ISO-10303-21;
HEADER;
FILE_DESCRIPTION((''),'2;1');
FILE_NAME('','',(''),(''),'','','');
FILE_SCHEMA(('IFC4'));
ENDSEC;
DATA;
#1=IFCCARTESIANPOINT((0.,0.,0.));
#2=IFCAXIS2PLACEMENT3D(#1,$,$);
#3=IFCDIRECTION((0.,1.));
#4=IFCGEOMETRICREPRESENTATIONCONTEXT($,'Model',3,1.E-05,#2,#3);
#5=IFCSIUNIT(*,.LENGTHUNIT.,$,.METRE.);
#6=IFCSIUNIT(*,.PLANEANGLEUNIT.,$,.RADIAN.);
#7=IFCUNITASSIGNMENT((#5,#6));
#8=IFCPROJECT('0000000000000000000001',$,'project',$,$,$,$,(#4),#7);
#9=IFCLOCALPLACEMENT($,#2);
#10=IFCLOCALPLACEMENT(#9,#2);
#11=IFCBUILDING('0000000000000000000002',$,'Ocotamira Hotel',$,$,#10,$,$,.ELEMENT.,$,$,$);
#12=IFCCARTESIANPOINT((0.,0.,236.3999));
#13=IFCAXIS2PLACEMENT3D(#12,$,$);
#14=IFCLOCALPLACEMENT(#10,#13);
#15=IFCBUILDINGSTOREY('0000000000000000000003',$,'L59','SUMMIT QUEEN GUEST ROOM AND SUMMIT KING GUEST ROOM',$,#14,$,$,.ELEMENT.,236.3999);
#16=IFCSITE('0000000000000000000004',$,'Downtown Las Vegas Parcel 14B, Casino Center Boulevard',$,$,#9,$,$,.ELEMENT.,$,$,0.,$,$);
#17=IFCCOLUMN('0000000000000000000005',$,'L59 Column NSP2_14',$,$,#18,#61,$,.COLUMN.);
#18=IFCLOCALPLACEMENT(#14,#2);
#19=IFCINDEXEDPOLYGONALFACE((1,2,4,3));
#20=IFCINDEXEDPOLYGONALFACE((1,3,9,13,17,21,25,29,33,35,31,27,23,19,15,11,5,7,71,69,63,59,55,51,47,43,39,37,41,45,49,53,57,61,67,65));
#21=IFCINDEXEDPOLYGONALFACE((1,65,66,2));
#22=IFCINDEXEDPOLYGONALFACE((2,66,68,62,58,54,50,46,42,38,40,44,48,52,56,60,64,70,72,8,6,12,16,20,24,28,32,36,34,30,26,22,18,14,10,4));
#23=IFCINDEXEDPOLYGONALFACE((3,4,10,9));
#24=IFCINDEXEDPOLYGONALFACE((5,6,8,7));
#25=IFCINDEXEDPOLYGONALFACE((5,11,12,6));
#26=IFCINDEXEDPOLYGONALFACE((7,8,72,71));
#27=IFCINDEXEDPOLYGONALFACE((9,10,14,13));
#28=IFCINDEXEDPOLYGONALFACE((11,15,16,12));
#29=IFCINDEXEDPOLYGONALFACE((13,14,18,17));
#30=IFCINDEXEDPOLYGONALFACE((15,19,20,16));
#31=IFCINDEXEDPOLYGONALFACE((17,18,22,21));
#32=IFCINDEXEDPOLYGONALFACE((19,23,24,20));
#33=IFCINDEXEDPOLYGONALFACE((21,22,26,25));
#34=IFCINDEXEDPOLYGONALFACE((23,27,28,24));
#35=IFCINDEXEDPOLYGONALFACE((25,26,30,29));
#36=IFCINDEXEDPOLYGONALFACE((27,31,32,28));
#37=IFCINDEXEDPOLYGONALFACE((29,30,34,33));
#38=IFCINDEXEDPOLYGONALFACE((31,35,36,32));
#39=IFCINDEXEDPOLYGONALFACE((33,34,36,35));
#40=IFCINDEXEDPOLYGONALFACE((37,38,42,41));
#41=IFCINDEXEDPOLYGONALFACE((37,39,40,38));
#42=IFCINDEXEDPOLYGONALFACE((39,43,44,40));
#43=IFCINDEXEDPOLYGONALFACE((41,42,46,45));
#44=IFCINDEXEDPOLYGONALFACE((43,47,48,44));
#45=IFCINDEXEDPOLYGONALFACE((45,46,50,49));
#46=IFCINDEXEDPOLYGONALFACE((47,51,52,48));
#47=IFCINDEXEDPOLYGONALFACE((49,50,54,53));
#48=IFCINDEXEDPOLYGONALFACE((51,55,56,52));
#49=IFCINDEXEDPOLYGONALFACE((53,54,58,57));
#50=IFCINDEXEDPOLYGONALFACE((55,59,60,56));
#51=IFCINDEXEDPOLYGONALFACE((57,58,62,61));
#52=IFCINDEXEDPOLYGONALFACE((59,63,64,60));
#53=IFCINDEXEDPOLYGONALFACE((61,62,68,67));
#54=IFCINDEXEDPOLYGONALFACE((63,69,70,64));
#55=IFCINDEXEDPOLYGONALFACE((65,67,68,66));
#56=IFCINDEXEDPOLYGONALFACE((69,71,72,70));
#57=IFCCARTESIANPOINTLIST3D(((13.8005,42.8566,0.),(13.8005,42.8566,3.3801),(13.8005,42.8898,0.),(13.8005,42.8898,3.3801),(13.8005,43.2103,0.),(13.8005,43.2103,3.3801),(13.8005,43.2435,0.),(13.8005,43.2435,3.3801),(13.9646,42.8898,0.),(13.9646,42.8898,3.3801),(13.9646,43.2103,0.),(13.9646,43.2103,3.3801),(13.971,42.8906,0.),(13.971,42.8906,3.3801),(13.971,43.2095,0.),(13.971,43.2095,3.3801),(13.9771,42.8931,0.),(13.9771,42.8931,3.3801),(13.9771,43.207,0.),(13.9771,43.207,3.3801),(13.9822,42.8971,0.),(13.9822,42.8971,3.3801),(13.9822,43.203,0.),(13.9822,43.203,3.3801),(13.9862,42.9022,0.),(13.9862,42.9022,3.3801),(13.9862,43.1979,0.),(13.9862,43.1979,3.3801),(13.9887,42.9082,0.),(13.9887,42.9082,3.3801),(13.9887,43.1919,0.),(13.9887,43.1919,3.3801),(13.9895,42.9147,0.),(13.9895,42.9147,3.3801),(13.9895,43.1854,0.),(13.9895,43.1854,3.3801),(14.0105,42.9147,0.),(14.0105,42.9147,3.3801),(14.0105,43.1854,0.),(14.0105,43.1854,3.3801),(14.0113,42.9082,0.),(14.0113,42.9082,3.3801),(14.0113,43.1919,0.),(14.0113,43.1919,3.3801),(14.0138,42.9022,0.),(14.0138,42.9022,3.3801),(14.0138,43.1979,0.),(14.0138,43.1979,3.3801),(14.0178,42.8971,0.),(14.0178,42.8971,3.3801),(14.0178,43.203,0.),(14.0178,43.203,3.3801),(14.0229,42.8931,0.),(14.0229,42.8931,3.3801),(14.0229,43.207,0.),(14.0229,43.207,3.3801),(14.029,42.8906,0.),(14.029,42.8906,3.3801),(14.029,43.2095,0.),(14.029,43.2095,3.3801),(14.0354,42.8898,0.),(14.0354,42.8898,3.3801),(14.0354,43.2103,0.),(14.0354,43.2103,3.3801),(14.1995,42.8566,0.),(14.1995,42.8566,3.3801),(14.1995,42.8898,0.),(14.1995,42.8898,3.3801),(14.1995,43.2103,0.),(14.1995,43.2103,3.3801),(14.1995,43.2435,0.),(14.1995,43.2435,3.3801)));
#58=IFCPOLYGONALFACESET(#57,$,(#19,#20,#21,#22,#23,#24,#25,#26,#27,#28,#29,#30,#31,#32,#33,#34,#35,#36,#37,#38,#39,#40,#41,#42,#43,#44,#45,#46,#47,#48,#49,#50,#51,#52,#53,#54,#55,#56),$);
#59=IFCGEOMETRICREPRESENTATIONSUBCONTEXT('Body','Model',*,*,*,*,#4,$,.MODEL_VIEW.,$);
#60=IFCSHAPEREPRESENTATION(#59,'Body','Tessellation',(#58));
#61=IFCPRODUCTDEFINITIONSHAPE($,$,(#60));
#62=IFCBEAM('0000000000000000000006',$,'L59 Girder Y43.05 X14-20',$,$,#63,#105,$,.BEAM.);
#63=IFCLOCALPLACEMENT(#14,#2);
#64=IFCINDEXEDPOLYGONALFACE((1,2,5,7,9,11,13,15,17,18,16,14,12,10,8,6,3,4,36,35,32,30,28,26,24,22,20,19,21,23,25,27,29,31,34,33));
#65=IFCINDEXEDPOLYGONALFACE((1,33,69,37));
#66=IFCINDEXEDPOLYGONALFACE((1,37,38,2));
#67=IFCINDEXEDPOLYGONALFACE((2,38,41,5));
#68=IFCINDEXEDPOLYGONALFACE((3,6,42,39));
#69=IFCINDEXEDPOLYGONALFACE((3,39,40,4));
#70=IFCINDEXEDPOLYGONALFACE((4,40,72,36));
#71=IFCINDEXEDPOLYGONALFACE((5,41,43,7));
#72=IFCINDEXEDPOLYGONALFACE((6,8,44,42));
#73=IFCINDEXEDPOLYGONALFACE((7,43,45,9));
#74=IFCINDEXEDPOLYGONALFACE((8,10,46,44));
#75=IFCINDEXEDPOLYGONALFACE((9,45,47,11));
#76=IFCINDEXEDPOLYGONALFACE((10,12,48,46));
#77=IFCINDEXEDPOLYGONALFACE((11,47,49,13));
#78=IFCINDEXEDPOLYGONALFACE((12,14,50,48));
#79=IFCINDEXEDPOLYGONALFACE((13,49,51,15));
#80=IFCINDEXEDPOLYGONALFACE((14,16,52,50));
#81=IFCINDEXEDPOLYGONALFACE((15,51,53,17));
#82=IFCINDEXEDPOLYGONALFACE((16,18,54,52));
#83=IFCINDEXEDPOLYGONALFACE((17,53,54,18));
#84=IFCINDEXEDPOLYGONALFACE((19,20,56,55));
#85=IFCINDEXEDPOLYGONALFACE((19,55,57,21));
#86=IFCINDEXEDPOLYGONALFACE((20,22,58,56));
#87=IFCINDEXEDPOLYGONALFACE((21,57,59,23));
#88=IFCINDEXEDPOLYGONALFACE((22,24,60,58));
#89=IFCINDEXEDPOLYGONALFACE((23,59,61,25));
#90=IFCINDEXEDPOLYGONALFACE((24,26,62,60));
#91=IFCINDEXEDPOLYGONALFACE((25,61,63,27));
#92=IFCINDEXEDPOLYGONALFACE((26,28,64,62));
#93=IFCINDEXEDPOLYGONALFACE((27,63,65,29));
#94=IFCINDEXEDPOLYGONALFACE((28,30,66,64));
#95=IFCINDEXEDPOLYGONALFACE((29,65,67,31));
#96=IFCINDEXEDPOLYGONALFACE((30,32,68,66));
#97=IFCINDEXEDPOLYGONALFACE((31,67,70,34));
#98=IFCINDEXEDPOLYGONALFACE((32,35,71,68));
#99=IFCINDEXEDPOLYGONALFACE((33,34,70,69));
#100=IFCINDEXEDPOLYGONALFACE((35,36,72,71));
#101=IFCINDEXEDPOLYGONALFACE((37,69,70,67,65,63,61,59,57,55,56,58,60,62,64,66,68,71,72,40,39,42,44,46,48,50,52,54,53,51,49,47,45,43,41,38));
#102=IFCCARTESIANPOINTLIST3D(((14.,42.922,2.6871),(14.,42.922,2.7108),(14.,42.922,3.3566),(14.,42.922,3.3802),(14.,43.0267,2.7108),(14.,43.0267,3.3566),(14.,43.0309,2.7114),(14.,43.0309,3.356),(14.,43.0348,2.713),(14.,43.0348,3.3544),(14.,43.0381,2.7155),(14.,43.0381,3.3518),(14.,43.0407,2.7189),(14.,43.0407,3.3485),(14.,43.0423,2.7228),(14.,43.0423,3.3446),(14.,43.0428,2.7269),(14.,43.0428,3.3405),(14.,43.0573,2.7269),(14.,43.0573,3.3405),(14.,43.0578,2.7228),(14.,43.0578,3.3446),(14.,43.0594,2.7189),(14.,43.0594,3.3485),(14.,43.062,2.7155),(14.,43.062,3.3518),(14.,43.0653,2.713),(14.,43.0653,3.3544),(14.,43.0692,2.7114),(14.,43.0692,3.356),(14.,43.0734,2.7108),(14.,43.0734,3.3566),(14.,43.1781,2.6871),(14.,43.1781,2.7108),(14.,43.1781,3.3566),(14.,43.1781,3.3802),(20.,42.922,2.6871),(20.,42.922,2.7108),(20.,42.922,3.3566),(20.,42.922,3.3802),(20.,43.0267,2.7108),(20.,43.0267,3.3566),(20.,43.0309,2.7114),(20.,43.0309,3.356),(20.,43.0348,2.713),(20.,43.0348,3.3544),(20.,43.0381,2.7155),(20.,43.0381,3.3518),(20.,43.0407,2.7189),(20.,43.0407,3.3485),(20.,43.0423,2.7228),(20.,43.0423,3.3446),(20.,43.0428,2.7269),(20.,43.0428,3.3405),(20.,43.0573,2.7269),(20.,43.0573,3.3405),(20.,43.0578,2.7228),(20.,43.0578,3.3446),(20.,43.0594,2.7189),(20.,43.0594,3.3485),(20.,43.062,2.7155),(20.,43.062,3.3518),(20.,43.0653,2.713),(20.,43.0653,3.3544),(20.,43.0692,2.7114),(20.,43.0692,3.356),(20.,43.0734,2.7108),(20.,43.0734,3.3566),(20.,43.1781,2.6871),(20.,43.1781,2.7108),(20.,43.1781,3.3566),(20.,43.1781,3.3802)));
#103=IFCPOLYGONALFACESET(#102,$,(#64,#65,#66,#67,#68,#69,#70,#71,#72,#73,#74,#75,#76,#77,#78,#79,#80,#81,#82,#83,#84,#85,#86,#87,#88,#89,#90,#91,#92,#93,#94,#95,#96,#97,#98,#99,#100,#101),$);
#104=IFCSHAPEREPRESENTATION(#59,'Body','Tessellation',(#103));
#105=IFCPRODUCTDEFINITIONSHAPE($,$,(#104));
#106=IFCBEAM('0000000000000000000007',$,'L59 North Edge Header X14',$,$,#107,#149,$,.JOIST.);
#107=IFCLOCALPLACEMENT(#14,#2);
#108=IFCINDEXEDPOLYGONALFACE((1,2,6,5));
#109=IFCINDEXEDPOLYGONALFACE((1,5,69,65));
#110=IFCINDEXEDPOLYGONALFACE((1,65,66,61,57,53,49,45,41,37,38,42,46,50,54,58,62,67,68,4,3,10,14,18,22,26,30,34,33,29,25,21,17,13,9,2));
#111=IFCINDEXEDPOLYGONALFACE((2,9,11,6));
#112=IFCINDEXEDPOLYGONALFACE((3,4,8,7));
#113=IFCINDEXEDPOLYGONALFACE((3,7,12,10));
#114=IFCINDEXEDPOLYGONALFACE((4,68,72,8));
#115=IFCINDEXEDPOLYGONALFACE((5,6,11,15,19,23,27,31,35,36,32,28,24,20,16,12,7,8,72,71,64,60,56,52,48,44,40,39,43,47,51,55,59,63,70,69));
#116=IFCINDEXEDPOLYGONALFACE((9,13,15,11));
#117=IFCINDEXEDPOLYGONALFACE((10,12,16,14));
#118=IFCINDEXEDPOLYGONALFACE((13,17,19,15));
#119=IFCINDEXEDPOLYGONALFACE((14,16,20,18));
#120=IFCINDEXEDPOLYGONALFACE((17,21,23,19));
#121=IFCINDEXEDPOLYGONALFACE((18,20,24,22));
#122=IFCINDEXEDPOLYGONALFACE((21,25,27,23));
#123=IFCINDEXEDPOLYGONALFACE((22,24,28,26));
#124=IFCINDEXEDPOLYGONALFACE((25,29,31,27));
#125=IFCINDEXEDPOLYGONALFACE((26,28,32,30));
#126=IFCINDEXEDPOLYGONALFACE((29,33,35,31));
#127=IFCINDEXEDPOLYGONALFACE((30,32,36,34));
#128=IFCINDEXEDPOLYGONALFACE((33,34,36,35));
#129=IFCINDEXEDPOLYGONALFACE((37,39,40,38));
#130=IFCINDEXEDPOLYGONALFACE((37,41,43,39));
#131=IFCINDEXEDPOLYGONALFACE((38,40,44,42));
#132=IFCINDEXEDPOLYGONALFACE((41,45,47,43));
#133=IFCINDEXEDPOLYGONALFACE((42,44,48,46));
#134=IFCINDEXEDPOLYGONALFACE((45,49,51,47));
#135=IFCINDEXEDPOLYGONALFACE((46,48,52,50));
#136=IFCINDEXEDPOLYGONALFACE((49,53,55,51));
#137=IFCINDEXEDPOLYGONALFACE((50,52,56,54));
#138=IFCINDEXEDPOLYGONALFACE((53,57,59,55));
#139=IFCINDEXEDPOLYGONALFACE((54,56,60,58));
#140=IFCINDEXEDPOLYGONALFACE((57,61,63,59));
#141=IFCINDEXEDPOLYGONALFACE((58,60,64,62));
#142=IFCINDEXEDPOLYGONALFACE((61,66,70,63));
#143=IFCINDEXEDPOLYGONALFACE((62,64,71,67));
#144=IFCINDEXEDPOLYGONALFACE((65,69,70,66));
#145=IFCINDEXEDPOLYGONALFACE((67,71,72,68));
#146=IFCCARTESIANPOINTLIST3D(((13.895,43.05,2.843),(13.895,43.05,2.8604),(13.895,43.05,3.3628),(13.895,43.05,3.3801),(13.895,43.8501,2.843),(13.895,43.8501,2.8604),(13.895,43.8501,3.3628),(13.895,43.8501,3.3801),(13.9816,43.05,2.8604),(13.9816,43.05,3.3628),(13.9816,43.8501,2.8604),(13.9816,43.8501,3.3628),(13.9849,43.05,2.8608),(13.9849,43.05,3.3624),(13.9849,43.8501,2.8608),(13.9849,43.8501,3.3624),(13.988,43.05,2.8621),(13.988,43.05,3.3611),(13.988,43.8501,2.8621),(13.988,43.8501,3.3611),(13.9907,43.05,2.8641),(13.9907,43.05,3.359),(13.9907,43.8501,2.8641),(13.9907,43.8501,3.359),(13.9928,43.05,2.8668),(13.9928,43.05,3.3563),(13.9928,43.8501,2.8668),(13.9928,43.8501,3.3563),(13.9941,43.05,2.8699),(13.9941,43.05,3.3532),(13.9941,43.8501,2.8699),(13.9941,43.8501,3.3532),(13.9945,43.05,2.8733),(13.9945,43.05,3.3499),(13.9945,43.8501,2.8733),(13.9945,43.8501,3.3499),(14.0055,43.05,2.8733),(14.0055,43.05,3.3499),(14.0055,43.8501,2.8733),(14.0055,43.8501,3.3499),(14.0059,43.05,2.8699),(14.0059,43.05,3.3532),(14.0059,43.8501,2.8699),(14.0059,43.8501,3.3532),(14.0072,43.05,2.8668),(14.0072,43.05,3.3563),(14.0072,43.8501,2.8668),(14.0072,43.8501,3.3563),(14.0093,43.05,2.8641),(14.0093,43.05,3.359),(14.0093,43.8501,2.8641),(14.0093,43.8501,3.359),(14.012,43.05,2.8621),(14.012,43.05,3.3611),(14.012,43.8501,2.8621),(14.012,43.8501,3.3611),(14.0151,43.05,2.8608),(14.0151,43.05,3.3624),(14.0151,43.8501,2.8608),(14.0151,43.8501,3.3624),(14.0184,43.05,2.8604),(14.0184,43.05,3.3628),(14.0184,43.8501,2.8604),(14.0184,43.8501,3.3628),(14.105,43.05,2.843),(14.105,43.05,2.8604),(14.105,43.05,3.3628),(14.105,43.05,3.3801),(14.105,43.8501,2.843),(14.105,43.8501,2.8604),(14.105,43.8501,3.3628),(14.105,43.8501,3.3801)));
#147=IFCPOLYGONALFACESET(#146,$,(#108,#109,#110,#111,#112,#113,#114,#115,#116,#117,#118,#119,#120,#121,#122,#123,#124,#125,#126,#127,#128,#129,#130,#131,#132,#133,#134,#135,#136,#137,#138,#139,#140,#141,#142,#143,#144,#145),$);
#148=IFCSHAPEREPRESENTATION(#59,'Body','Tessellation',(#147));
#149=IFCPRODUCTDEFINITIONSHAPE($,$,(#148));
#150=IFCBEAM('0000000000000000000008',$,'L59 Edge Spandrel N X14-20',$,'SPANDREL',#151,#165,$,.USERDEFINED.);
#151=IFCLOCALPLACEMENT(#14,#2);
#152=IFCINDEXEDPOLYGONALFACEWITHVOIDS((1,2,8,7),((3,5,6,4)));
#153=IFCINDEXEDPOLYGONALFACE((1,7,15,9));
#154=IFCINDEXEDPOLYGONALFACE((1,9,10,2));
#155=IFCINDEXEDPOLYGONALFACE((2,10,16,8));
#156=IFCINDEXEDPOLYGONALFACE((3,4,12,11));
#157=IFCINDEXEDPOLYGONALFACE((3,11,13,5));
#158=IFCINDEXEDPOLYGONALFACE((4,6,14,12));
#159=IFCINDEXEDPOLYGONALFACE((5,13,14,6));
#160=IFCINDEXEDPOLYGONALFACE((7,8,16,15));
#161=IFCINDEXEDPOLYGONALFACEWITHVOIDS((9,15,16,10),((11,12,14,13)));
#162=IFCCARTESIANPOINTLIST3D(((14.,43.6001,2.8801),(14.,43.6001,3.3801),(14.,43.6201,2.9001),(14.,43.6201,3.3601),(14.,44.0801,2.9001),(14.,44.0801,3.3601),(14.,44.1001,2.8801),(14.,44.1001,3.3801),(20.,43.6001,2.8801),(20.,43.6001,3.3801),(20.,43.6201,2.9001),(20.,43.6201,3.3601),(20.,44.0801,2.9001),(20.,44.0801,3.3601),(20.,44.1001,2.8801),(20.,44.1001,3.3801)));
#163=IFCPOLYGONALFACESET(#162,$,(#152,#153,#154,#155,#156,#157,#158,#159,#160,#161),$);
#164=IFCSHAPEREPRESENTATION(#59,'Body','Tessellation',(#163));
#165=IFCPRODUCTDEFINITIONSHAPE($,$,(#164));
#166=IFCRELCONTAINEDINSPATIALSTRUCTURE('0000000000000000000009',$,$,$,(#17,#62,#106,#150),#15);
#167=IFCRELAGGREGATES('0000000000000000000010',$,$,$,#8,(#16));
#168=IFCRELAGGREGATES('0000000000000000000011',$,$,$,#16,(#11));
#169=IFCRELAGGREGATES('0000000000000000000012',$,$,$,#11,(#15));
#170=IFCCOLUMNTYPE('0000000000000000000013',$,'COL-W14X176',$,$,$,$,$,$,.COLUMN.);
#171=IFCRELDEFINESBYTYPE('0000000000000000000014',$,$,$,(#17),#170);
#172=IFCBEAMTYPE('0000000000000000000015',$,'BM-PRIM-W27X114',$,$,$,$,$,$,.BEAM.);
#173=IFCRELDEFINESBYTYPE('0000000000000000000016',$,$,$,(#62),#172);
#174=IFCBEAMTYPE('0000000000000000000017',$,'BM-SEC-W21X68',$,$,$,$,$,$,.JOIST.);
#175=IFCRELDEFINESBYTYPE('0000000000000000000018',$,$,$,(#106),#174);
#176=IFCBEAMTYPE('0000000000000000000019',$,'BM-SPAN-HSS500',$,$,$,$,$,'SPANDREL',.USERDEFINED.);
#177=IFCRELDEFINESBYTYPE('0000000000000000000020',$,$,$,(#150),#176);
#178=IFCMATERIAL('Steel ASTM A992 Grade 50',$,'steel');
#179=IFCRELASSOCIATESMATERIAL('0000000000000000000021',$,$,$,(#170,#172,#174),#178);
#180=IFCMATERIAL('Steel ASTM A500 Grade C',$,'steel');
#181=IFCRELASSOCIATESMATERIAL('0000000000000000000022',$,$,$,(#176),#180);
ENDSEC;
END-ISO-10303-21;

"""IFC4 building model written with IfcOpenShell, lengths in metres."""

from ifc_helpers import new_model, si_unit, direction, frame, origin, origin_2d, place, context, subcontext, project, spatial, hollow_rectangle, i_section, extrude, source, transform, mapped, material, material_profile, profile_set, type_object, element, save


model = new_model("IFC4")

# Units and contexts
model_context = context("Model", 3, precision=1e-05, world=origin(), true_north=direction((0.0, 1.0)))
body_context = subcontext(model_context, "Body", "Model", "MODEL_VIEW")
ifc_project = project(units=[si_unit("LENGTHUNIT", "METRE"), si_unit("PLANEANGLEUNIT", "RADIAN")], contexts=[model_context])

# Site, building, storey
site_placement = place(None, origin())
site = spatial("IfcSite", under=ifc_project, at=site_placement, Name="Downtown Las Vegas Parcel 14B, Casino Center Boulevard", CompositionType="ELEMENT", RefElevation=0.0)
building_placement = place(site_placement, origin())
building = spatial("IfcBuilding", under=site, at=building_placement, Name="Ocotamira Hotel", CompositionType="ELEMENT")
storey_placement = place(building_placement, frame((0.0, 0.0, 236.3999)))
storey = spatial("IfcBuildingStorey", under=building, at=storey_placement, Name="L59", Description="SUMMIT QUEEN GUEST ROOM AND SUMMIT KING GUEST ROOM", CompositionType="ELEMENT", Elevation=236.3999)

# Column
ifc_material_1 = material(Name="Steel ASTM A992 Grade 50", Category="steel")
ifc_material_profile_1 = material_profile(ifc_material_1, i_section(OverallWidth=0.3989, OverallDepth=0.387, WebThickness=0.021, FlangeThickness=0.0332, FilletRadius=0.0249, at=origin_2d()), Name="W14X176")
ifc_profile_set_1 = profile_set([ifc_material_profile_1], Name="Steel ASTM A992 Grade 50")
column_type = type_object("IfcColumnType", Name="COL-W14X176", PredefinedType="COLUMN", material=ifc_profile_set_1)
shared_shape_1 = source(origin(), body_context, "Body", "SweptSolid", [
    extrude(i_section(OverallWidth=0.3989, OverallDepth=0.387, WebThickness=0.021, FlangeThickness=0.0332, FilletRadius=0.0249, at=origin_2d()), origin(), (0.0, 0.0, 1.0), 3.3801),
])
column_placement = place(storey_placement, frame((14.0, 43.05, 0.0), z_axis=(0.0, 0.0, 1.0), x_axis=(1.0, 0.0, 0.0)))
element("IfcColumn", 1, at=column_placement, inside=storey, type_object=column_type, Name="L59 Column NSP2_14", PredefinedType="COLUMN", context=body_context, shape_type="MappedRepresentation", body=[
    mapped(shared_shape_1, transform((0.0, 0.0, 0.0), scale=1.0)),
])

# Beams
ifc_material_profile_2 = material_profile(ifc_material_1, i_section(OverallWidth=0.2561, OverallDepth=0.6931, WebThickness=0.0144, FlangeThickness=0.0237, FilletRadius=0.0161, at=origin_2d()), Name="W27X114")
ifc_profile_set_2 = profile_set([ifc_material_profile_2], Name="Steel ASTM A992 Grade 50")
beam_type_1 = type_object("IfcBeamType", Name="BM-PRIM-W27X114", PredefinedType="BEAM", material=ifc_profile_set_2)
shared_shape_2 = source(origin(), body_context, "Body", "SweptSolid", [
    extrude(i_section(OverallWidth=0.2561, OverallDepth=0.6931, WebThickness=0.0144, FlangeThickness=0.0237, FilletRadius=0.0161, at=origin_2d()), origin(), (0.0, 0.0, 1.0), 6.0),
])
beam_1_placement = place(storey_placement, frame((14.0, 43.05, 3.0337), z_axis=(1.0, 0.0, 0.0), x_axis=(0.0, 1.0, 0.0)))
element("IfcBeam", 2, at=beam_1_placement, inside=storey, type_object=beam_type_1, Name="L59 Girder Y43.05 X14-20", PredefinedType="BEAM", context=body_context, shape_type="MappedRepresentation", body=[
    mapped(shared_shape_2, transform((0.0, 0.0, 0.0), scale=1.0)),
])
ifc_material_profile_3 = material_profile(ifc_material_1, i_section(OverallWidth=0.21, OverallDepth=0.5371, WebThickness=0.011, FlangeThickness=0.0173, FilletRadius=0.0129, at=origin_2d()), Name="W21X68")
ifc_profile_set_3 = profile_set([ifc_material_profile_3], Name="Steel ASTM A992 Grade 50")
beam_type_2 = type_object("IfcBeamType", Name="BM-SEC-W21X68", PredefinedType="JOIST", material=ifc_profile_set_3)
shared_shape_3 = source(origin(), body_context, "Body", "SweptSolid", [
    extrude(i_section(OverallWidth=0.21, OverallDepth=0.5371, WebThickness=0.011, FlangeThickness=0.0173, FilletRadius=0.0129, at=origin_2d()), origin(), (0.0, 0.0, 1.0), 0.8),
])
beam_2_placement = place(storey_placement, frame((14.0, 43.05, 3.1116), z_axis=(0.0, 1.0, 0.0), x_axis=(-1.0, 0.0, 0.0)))
element("IfcBeam", 3, at=beam_2_placement, inside=storey, type_object=beam_type_2, Name="L59 North Edge Header X14", PredefinedType="JOIST", context=body_context, shape_type="MappedRepresentation", body=[
    mapped(shared_shape_3, transform((0.0, 0.0, 0.0), scale=1.0)),
])
ifc_material_2 = material(Name="Steel ASTM A500 Grade C", Category="steel")
ifc_material_profile_4 = material_profile(ifc_material_2, hollow_rectangle(XDim=0.5, YDim=0.5, WallThickness=0.02, at=origin_2d()), Name="HSS500X500X20")
ifc_profile_set_4 = profile_set([ifc_material_profile_4], Name="Steel ASTM A500 Grade C")
beam_type_3 = type_object("IfcBeamType", Name="BM-SPAN-HSS500", ElementType="SPANDREL", PredefinedType="USERDEFINED", material=ifc_profile_set_4)
shared_shape_4 = source(origin(), body_context, "Body", "SweptSolid", [
    extrude(hollow_rectangle(XDim=0.5, YDim=0.5, WallThickness=0.02, at=origin_2d()), origin(), (0.0, 0.0, 1.0), 6.0),
])
beam_3_placement = place(storey_placement, frame((14.0, 43.8501, 3.1301), z_axis=(1.0, 0.0, 0.0), x_axis=(0.0, 1.0, 0.0)))
element("IfcBeam", 4, at=beam_3_placement, inside=storey, type_object=beam_type_3, Name="L59 Edge Spandrel N X14-20", ObjectType="SPANDREL", PredefinedType="USERDEFINED", context=body_context, shape_type="MappedRepresentation", body=[
    mapped(shared_shape_4, transform((0.0, 0.0, 0.0), scale=1.0)),
])

save(model, "model.ifc")
